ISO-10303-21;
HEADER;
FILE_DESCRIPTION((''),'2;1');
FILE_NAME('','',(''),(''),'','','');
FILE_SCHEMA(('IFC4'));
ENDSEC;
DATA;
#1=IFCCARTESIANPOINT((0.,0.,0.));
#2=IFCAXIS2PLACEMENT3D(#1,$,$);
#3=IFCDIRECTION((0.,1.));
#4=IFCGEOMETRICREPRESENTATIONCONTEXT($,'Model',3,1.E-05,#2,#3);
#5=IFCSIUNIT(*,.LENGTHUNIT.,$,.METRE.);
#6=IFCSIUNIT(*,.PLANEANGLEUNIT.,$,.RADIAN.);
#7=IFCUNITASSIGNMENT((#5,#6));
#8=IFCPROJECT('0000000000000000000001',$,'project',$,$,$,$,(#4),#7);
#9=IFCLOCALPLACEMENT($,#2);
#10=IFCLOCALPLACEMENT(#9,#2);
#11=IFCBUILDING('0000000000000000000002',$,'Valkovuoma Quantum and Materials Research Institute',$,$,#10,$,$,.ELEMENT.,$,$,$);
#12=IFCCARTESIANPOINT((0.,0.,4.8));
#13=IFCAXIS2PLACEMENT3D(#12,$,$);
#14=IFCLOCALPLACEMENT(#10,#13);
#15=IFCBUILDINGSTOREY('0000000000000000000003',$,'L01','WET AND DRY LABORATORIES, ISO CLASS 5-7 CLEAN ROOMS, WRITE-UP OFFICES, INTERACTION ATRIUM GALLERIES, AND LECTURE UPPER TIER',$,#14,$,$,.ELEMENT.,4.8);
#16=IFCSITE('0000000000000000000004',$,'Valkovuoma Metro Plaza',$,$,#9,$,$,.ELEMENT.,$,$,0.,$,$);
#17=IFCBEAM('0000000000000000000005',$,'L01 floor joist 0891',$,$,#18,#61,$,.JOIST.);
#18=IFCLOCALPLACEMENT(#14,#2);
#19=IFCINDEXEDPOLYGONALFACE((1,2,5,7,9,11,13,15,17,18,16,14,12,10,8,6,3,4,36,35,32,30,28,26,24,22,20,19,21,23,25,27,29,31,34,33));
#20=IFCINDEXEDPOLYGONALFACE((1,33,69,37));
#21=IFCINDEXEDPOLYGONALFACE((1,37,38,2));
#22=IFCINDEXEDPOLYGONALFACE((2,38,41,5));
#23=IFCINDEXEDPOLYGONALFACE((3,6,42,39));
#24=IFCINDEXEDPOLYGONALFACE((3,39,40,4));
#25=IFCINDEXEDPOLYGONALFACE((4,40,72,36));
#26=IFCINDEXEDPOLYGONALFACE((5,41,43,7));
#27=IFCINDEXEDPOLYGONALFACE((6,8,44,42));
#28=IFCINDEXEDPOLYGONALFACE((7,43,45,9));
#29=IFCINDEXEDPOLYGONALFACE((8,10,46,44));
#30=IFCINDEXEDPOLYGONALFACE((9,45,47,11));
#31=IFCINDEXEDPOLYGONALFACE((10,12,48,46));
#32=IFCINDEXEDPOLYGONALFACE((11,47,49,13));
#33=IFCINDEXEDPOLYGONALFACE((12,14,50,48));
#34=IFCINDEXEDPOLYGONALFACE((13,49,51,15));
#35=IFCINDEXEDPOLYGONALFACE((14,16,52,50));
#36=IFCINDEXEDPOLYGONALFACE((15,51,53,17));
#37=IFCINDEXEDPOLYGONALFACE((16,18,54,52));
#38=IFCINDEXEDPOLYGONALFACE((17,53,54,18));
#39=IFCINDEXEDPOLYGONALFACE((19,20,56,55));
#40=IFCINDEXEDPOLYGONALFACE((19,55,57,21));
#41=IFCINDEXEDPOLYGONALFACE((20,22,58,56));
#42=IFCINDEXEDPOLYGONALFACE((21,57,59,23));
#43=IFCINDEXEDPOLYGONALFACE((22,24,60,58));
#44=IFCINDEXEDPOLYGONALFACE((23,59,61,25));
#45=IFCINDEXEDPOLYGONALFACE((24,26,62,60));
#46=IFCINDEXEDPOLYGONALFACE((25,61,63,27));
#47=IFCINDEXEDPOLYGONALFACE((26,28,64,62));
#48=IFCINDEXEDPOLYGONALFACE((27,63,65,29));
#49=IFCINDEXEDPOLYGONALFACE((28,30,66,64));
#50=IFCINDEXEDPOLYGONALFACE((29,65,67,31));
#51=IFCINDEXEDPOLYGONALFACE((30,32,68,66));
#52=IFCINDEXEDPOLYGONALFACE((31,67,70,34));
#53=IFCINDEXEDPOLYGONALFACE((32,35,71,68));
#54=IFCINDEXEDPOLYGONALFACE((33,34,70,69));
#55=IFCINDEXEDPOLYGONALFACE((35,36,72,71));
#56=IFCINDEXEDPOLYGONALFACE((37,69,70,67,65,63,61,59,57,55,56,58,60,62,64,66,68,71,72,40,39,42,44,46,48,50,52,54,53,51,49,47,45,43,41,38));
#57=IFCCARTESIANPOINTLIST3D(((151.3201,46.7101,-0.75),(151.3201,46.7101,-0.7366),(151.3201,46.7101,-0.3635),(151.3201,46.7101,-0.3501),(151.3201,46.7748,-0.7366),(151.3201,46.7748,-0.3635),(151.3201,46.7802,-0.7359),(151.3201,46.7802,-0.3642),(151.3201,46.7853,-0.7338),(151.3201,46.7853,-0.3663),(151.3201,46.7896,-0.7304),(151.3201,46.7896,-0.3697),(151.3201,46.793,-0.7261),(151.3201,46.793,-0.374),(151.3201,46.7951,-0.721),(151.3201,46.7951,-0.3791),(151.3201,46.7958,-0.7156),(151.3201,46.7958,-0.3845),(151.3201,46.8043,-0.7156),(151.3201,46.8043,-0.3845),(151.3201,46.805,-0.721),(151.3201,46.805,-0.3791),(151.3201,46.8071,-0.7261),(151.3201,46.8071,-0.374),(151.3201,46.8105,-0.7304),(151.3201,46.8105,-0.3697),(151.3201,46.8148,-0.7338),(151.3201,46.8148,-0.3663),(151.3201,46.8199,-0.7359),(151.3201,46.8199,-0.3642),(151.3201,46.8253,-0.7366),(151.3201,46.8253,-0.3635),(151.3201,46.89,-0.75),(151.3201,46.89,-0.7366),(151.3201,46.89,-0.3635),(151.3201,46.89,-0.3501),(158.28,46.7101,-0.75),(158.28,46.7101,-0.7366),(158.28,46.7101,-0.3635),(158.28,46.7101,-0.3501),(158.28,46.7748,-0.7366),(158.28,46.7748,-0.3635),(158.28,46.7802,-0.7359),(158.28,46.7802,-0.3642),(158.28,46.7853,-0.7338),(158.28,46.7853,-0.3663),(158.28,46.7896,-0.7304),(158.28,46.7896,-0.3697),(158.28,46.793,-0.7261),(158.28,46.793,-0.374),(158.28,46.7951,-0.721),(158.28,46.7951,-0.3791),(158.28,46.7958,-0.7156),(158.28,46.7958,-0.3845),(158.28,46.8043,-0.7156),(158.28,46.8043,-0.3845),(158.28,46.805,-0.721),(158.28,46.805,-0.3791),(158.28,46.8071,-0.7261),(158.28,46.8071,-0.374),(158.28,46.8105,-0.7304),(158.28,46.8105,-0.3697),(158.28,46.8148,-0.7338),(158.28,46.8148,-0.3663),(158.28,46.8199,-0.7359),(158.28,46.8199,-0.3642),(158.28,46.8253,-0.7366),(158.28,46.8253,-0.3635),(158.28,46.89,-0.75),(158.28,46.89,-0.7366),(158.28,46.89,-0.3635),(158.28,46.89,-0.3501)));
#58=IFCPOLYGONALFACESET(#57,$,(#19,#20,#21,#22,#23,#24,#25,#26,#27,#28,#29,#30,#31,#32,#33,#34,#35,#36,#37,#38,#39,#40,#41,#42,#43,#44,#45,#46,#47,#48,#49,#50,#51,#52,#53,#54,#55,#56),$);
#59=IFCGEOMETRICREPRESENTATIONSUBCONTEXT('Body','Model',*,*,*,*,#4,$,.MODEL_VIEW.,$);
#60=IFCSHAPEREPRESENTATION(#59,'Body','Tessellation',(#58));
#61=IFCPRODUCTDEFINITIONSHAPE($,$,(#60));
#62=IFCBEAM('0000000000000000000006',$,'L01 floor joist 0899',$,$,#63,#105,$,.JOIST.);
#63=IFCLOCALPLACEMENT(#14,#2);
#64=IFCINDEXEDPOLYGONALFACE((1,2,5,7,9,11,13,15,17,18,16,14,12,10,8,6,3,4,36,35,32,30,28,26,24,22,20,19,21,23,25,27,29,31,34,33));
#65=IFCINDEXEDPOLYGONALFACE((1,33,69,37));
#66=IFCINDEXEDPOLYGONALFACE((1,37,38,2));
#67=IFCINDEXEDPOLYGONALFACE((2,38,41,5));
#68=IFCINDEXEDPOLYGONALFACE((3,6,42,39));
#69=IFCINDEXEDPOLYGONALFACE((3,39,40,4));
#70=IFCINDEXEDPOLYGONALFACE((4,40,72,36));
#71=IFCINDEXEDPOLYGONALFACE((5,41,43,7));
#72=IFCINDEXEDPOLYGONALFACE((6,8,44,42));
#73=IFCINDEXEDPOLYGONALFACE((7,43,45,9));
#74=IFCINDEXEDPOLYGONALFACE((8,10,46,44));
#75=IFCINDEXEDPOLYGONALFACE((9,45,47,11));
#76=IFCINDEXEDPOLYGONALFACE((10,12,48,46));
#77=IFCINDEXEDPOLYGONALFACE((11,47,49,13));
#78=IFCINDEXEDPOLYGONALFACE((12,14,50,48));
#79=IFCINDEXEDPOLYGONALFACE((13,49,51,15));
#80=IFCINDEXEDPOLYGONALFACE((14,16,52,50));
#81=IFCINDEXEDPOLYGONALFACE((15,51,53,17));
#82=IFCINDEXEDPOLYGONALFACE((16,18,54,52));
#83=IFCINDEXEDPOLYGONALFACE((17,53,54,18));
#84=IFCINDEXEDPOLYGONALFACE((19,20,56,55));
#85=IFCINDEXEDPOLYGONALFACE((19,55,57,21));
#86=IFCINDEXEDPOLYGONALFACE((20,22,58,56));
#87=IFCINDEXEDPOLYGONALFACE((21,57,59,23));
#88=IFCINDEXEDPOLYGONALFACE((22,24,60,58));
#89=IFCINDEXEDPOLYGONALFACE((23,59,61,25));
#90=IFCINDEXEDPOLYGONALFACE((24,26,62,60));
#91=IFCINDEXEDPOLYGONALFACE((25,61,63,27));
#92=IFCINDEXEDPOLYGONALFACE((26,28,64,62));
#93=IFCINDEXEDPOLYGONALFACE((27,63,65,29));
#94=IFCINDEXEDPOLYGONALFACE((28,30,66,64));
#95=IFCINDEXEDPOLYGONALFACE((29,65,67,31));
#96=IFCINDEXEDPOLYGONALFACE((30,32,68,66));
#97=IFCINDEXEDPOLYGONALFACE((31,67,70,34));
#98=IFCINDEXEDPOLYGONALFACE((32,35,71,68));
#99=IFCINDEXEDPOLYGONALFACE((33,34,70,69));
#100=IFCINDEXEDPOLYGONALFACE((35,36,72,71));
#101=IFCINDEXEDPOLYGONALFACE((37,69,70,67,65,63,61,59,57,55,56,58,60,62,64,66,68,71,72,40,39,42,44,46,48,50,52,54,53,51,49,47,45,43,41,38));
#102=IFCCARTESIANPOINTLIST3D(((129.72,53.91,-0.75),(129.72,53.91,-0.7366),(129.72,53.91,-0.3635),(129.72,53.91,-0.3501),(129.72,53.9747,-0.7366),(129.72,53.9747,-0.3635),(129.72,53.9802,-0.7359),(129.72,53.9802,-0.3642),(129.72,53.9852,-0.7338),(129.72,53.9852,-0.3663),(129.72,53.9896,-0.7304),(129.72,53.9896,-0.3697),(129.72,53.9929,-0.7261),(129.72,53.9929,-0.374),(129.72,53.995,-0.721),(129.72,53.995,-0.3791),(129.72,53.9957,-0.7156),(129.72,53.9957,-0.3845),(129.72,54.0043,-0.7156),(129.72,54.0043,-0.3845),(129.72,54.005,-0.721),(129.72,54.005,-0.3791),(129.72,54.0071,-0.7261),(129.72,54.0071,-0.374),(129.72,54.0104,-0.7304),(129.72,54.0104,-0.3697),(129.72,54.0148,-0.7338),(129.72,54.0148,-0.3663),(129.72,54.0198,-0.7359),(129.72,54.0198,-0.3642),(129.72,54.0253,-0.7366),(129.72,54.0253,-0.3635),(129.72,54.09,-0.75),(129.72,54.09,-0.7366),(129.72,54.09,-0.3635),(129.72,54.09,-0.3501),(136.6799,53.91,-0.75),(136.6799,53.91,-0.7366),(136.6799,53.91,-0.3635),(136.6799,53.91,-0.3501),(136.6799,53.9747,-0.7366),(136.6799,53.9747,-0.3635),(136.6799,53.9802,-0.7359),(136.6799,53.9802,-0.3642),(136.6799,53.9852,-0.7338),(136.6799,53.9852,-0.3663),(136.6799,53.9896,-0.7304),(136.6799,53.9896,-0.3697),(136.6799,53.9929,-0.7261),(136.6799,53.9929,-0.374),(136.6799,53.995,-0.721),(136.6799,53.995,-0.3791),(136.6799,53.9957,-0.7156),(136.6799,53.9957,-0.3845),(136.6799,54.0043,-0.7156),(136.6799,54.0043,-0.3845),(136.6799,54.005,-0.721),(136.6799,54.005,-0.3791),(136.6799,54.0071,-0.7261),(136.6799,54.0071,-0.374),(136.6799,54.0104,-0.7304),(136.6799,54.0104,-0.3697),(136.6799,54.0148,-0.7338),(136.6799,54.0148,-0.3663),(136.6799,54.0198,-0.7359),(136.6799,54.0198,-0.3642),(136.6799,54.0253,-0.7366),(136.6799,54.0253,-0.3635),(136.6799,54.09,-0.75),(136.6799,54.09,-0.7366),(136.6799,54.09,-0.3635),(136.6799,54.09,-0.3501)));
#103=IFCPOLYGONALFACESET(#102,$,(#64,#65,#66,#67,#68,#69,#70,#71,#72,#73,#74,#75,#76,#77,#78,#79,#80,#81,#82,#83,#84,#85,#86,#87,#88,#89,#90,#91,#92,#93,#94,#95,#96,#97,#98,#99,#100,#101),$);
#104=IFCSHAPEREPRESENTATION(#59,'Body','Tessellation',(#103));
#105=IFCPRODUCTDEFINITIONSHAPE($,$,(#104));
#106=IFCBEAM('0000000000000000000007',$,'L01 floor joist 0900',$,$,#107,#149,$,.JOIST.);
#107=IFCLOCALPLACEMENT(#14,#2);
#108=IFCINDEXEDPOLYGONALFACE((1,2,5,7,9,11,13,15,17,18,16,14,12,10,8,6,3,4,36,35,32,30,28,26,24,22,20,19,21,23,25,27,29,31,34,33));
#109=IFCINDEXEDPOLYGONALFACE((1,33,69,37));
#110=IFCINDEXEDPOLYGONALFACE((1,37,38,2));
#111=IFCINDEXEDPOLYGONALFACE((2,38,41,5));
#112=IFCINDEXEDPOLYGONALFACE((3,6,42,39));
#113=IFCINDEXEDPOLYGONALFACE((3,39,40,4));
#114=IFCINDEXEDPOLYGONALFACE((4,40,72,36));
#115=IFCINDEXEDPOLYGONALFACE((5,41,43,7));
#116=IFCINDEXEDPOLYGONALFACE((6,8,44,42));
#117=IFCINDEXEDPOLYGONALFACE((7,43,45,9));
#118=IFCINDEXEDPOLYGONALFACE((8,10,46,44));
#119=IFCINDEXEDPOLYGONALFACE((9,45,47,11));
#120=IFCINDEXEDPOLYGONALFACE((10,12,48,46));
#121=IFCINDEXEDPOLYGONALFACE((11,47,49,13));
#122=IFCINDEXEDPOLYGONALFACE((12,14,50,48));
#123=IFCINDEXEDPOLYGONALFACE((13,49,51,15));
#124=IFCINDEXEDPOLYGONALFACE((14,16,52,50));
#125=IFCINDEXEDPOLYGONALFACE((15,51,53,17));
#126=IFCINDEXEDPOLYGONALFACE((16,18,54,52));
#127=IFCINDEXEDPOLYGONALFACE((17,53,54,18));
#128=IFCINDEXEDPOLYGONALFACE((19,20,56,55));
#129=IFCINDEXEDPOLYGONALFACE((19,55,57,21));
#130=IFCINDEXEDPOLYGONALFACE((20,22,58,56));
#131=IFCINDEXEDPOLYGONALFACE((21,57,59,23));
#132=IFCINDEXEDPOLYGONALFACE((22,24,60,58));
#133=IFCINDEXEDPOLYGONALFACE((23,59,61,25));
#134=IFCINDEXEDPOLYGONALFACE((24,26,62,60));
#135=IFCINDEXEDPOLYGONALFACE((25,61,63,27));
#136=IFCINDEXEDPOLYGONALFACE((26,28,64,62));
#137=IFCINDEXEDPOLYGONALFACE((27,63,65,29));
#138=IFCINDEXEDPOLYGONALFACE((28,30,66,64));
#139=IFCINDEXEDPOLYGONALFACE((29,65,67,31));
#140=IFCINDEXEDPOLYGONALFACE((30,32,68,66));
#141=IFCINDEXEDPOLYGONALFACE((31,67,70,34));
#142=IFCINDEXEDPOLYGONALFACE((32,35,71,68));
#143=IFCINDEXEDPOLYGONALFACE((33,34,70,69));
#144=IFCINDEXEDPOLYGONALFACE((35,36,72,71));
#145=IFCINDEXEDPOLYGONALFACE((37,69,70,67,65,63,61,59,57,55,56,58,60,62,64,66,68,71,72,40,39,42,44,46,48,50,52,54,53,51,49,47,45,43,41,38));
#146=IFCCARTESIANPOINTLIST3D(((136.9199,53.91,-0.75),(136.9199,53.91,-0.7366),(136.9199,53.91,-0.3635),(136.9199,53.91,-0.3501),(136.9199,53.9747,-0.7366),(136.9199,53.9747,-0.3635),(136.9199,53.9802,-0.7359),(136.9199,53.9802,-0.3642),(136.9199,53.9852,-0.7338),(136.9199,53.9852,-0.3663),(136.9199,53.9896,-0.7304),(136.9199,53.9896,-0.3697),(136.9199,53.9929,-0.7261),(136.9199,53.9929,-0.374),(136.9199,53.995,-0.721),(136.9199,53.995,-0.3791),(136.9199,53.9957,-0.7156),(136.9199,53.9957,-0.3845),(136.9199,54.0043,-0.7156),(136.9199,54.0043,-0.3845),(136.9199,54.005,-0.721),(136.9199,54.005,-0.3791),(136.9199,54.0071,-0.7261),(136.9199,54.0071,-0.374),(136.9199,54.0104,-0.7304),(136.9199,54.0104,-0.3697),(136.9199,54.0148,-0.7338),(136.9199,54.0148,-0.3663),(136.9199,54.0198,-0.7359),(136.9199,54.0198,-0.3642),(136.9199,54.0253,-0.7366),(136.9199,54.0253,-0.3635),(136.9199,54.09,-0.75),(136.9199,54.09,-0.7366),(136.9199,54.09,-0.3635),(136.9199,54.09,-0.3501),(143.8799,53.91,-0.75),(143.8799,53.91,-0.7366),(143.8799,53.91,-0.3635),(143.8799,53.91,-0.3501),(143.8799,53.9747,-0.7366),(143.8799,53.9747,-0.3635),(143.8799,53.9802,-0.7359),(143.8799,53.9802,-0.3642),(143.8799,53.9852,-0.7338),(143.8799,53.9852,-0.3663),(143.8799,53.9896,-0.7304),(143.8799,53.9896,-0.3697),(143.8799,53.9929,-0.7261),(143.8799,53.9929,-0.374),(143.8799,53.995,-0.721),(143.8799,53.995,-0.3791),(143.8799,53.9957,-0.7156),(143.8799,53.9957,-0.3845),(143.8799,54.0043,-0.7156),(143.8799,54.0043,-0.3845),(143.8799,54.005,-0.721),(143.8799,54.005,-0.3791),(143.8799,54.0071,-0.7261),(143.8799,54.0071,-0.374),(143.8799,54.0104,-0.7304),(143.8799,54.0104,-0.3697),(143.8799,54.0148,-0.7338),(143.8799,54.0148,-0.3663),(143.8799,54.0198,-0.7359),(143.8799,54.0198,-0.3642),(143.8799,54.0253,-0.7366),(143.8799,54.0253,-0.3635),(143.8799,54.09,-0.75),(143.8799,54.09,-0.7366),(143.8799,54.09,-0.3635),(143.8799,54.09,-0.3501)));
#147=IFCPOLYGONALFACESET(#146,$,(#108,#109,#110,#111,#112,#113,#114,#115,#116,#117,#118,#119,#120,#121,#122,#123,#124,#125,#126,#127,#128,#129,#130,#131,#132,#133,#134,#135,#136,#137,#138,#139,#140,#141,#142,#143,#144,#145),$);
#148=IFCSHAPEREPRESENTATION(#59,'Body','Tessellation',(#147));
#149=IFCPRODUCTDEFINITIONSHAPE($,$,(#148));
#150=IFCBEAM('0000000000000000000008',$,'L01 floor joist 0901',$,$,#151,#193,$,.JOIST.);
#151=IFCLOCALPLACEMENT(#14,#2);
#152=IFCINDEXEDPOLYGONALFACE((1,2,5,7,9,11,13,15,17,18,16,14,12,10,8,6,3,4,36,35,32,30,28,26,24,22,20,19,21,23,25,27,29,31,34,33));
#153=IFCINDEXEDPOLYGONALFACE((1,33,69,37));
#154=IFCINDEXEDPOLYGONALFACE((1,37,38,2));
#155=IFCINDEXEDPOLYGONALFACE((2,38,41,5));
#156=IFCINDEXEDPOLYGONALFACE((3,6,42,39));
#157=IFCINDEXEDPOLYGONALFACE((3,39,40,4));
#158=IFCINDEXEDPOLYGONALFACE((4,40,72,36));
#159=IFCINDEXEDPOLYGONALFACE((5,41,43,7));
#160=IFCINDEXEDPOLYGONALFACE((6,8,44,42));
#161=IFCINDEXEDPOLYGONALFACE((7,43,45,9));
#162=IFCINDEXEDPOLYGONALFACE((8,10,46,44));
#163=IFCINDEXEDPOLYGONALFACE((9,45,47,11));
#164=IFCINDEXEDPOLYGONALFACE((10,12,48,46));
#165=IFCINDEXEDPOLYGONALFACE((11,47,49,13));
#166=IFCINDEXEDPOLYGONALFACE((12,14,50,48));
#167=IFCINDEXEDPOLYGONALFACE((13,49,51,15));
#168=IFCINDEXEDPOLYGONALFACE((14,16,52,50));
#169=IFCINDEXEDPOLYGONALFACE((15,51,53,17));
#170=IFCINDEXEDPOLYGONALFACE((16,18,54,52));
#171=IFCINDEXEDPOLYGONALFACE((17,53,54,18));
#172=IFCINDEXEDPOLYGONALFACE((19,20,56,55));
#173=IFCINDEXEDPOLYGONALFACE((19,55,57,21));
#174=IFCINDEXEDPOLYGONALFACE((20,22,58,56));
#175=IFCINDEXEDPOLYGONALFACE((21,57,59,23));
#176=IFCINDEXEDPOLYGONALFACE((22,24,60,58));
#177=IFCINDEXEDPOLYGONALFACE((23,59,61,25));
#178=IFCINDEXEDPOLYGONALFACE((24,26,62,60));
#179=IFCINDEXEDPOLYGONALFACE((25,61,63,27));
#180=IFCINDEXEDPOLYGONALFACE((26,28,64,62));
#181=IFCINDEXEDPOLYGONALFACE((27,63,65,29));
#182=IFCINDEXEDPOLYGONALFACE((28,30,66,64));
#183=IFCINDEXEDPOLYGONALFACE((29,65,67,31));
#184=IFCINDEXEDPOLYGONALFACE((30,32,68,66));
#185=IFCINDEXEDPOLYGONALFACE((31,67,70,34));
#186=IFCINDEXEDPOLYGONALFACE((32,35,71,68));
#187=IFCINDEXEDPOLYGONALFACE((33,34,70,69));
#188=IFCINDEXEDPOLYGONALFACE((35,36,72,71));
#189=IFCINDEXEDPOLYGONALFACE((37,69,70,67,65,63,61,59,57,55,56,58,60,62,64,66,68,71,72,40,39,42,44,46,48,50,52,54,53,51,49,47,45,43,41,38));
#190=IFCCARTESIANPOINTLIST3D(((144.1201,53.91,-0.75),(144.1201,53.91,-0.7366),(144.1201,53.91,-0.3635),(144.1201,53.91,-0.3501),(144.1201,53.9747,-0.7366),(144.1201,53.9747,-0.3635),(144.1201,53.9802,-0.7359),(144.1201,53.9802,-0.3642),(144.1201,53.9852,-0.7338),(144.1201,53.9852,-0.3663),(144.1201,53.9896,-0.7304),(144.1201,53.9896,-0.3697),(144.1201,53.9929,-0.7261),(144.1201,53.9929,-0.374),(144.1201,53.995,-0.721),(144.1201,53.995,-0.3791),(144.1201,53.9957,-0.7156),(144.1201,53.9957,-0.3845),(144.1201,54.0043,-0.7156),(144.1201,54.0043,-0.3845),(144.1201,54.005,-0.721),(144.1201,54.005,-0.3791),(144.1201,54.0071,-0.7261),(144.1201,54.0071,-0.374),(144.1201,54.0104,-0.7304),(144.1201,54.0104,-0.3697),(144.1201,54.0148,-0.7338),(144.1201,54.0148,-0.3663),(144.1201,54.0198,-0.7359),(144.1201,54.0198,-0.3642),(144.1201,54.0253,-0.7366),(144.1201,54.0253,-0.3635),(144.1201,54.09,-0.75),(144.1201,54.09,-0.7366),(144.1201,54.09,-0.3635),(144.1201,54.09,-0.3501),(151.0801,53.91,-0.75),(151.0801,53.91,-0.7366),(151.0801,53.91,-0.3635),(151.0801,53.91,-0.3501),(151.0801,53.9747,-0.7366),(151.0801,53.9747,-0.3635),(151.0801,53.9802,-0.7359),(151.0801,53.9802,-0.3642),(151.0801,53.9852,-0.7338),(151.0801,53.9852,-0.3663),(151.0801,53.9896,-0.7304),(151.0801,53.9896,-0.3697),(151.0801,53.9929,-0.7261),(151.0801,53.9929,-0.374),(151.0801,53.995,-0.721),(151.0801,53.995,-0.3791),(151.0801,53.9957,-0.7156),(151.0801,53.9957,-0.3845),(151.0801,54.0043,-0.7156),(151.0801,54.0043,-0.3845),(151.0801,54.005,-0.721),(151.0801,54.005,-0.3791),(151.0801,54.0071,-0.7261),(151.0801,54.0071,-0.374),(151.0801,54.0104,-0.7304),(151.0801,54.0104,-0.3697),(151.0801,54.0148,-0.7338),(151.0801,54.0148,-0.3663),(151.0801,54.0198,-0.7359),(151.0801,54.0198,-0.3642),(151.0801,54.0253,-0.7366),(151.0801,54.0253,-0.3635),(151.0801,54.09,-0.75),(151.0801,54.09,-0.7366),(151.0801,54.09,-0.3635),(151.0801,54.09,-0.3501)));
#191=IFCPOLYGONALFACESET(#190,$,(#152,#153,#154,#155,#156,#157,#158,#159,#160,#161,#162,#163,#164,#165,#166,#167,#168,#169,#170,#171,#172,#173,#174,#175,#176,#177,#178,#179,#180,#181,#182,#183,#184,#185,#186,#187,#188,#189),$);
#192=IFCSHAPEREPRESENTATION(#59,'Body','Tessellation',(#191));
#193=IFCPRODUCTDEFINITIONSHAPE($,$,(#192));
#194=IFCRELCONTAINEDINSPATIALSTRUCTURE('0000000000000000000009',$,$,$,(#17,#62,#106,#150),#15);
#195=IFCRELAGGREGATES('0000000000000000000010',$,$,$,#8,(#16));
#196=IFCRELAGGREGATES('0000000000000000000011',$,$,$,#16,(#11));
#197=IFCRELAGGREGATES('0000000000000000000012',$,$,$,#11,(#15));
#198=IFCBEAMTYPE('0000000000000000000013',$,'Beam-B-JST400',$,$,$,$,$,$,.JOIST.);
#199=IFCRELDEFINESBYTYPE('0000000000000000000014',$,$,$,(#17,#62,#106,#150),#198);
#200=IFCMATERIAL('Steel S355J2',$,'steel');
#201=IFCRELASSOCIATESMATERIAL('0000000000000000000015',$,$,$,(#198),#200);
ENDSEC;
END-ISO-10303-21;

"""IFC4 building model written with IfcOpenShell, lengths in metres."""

from ifc_helpers import new_model, si_unit, direction, frame, origin, origin_2d, place, context, subcontext, project, spatial, i_section, extrude, material, material_profile, profile_set, type_object, element, save


model = new_model("IFC4")

# Units and contexts
model_context = context("Model", 3, precision=1e-05, world=origin(), true_north=direction((0.0, 1.0)))
body_context = subcontext(model_context, "Body", "Model", "MODEL_VIEW")
ifc_project = project(units=[si_unit("LENGTHUNIT", "METRE"), si_unit("PLANEANGLEUNIT", "RADIAN")], contexts=[model_context])

# Site, building, storey
site_placement = place(None, origin())
site = spatial("IfcSite", under=ifc_project, at=site_placement, Name="Valkovuoma Metro Plaza", CompositionType="ELEMENT", RefElevation=0.0)
building_placement = place(site_placement, origin())
building = spatial("IfcBuilding", under=site, at=building_placement, Name="Valkovuoma Quantum and Materials Research Institute", CompositionType="ELEMENT")
storey_placement = place(building_placement, frame((0.0, 0.0, 4.8)))
storey = spatial("IfcBuildingStorey", under=building, at=storey_placement, Name="L01", Description="WET AND DRY LABORATORIES, ISO CLASS 5-7 CLEAN ROOMS, WRITE-UP OFFICES, INTERACTION ATRIUM GALLERIES, AND LECTURE UPPER TIER", CompositionType="ELEMENT", Elevation=4.8)

# Beams
ifc_material_1 = material(Name="Steel S355J2", Category="steel")
ifc_material_profile_1 = material_profile(ifc_material_1, i_section(OverallWidth=0.1799, OverallDepth=0.3999, WebThickness=0.0085, FlangeThickness=0.0134, FilletRadius=0.021, at=origin_2d()), Name="Steel S355J2")
ifc_profile_set_1 = profile_set([ifc_material_profile_1], Name="Steel S355J2")
beam_type_1 = type_object("IfcBeamType", Name="Beam-B-JST400", PredefinedType="JOIST", material=ifc_profile_set_1)
for number, where, z_axis, x_axis, name in (
    (1, (151.3201, 46.8, -0.55), (1.0, 0.0, 0.0), (0.0, 1.0, 0.0), "L01 floor joist 0891"),
    (2, (129.72, 54.0, -0.55), (1.0, 0.0, 0.0), (0.0, 1.0, 0.0), "L01 floor joist 0899"),
    (3, (136.9199, 54.0, -0.55), (1.0, 0.0, 0.0), (0.0, 1.0, 0.0), "L01 floor joist 0900"),
    (4, (144.1201, 54.0, -0.55), (1.0, 0.0, 0.0), (0.0, 1.0, 0.0), "L01 floor joist 0901"),
):
    element("IfcBeam", number, at=place(storey_placement, frame(where, z_axis=z_axis, x_axis=x_axis)), inside=storey, type_object=beam_type_1, Name=name, PredefinedType="JOIST", context=body_context, shape_type="SweptSolid", body=[
        extrude(i_section(OverallWidth=0.1799, OverallDepth=0.3999, WebThickness=0.0085, FlangeThickness=0.0134, FilletRadius=0.021, at=origin_2d()), origin(), (0.0, 0.0, 1.0), 6.96),
    ])

save(model, "model.ifc")
